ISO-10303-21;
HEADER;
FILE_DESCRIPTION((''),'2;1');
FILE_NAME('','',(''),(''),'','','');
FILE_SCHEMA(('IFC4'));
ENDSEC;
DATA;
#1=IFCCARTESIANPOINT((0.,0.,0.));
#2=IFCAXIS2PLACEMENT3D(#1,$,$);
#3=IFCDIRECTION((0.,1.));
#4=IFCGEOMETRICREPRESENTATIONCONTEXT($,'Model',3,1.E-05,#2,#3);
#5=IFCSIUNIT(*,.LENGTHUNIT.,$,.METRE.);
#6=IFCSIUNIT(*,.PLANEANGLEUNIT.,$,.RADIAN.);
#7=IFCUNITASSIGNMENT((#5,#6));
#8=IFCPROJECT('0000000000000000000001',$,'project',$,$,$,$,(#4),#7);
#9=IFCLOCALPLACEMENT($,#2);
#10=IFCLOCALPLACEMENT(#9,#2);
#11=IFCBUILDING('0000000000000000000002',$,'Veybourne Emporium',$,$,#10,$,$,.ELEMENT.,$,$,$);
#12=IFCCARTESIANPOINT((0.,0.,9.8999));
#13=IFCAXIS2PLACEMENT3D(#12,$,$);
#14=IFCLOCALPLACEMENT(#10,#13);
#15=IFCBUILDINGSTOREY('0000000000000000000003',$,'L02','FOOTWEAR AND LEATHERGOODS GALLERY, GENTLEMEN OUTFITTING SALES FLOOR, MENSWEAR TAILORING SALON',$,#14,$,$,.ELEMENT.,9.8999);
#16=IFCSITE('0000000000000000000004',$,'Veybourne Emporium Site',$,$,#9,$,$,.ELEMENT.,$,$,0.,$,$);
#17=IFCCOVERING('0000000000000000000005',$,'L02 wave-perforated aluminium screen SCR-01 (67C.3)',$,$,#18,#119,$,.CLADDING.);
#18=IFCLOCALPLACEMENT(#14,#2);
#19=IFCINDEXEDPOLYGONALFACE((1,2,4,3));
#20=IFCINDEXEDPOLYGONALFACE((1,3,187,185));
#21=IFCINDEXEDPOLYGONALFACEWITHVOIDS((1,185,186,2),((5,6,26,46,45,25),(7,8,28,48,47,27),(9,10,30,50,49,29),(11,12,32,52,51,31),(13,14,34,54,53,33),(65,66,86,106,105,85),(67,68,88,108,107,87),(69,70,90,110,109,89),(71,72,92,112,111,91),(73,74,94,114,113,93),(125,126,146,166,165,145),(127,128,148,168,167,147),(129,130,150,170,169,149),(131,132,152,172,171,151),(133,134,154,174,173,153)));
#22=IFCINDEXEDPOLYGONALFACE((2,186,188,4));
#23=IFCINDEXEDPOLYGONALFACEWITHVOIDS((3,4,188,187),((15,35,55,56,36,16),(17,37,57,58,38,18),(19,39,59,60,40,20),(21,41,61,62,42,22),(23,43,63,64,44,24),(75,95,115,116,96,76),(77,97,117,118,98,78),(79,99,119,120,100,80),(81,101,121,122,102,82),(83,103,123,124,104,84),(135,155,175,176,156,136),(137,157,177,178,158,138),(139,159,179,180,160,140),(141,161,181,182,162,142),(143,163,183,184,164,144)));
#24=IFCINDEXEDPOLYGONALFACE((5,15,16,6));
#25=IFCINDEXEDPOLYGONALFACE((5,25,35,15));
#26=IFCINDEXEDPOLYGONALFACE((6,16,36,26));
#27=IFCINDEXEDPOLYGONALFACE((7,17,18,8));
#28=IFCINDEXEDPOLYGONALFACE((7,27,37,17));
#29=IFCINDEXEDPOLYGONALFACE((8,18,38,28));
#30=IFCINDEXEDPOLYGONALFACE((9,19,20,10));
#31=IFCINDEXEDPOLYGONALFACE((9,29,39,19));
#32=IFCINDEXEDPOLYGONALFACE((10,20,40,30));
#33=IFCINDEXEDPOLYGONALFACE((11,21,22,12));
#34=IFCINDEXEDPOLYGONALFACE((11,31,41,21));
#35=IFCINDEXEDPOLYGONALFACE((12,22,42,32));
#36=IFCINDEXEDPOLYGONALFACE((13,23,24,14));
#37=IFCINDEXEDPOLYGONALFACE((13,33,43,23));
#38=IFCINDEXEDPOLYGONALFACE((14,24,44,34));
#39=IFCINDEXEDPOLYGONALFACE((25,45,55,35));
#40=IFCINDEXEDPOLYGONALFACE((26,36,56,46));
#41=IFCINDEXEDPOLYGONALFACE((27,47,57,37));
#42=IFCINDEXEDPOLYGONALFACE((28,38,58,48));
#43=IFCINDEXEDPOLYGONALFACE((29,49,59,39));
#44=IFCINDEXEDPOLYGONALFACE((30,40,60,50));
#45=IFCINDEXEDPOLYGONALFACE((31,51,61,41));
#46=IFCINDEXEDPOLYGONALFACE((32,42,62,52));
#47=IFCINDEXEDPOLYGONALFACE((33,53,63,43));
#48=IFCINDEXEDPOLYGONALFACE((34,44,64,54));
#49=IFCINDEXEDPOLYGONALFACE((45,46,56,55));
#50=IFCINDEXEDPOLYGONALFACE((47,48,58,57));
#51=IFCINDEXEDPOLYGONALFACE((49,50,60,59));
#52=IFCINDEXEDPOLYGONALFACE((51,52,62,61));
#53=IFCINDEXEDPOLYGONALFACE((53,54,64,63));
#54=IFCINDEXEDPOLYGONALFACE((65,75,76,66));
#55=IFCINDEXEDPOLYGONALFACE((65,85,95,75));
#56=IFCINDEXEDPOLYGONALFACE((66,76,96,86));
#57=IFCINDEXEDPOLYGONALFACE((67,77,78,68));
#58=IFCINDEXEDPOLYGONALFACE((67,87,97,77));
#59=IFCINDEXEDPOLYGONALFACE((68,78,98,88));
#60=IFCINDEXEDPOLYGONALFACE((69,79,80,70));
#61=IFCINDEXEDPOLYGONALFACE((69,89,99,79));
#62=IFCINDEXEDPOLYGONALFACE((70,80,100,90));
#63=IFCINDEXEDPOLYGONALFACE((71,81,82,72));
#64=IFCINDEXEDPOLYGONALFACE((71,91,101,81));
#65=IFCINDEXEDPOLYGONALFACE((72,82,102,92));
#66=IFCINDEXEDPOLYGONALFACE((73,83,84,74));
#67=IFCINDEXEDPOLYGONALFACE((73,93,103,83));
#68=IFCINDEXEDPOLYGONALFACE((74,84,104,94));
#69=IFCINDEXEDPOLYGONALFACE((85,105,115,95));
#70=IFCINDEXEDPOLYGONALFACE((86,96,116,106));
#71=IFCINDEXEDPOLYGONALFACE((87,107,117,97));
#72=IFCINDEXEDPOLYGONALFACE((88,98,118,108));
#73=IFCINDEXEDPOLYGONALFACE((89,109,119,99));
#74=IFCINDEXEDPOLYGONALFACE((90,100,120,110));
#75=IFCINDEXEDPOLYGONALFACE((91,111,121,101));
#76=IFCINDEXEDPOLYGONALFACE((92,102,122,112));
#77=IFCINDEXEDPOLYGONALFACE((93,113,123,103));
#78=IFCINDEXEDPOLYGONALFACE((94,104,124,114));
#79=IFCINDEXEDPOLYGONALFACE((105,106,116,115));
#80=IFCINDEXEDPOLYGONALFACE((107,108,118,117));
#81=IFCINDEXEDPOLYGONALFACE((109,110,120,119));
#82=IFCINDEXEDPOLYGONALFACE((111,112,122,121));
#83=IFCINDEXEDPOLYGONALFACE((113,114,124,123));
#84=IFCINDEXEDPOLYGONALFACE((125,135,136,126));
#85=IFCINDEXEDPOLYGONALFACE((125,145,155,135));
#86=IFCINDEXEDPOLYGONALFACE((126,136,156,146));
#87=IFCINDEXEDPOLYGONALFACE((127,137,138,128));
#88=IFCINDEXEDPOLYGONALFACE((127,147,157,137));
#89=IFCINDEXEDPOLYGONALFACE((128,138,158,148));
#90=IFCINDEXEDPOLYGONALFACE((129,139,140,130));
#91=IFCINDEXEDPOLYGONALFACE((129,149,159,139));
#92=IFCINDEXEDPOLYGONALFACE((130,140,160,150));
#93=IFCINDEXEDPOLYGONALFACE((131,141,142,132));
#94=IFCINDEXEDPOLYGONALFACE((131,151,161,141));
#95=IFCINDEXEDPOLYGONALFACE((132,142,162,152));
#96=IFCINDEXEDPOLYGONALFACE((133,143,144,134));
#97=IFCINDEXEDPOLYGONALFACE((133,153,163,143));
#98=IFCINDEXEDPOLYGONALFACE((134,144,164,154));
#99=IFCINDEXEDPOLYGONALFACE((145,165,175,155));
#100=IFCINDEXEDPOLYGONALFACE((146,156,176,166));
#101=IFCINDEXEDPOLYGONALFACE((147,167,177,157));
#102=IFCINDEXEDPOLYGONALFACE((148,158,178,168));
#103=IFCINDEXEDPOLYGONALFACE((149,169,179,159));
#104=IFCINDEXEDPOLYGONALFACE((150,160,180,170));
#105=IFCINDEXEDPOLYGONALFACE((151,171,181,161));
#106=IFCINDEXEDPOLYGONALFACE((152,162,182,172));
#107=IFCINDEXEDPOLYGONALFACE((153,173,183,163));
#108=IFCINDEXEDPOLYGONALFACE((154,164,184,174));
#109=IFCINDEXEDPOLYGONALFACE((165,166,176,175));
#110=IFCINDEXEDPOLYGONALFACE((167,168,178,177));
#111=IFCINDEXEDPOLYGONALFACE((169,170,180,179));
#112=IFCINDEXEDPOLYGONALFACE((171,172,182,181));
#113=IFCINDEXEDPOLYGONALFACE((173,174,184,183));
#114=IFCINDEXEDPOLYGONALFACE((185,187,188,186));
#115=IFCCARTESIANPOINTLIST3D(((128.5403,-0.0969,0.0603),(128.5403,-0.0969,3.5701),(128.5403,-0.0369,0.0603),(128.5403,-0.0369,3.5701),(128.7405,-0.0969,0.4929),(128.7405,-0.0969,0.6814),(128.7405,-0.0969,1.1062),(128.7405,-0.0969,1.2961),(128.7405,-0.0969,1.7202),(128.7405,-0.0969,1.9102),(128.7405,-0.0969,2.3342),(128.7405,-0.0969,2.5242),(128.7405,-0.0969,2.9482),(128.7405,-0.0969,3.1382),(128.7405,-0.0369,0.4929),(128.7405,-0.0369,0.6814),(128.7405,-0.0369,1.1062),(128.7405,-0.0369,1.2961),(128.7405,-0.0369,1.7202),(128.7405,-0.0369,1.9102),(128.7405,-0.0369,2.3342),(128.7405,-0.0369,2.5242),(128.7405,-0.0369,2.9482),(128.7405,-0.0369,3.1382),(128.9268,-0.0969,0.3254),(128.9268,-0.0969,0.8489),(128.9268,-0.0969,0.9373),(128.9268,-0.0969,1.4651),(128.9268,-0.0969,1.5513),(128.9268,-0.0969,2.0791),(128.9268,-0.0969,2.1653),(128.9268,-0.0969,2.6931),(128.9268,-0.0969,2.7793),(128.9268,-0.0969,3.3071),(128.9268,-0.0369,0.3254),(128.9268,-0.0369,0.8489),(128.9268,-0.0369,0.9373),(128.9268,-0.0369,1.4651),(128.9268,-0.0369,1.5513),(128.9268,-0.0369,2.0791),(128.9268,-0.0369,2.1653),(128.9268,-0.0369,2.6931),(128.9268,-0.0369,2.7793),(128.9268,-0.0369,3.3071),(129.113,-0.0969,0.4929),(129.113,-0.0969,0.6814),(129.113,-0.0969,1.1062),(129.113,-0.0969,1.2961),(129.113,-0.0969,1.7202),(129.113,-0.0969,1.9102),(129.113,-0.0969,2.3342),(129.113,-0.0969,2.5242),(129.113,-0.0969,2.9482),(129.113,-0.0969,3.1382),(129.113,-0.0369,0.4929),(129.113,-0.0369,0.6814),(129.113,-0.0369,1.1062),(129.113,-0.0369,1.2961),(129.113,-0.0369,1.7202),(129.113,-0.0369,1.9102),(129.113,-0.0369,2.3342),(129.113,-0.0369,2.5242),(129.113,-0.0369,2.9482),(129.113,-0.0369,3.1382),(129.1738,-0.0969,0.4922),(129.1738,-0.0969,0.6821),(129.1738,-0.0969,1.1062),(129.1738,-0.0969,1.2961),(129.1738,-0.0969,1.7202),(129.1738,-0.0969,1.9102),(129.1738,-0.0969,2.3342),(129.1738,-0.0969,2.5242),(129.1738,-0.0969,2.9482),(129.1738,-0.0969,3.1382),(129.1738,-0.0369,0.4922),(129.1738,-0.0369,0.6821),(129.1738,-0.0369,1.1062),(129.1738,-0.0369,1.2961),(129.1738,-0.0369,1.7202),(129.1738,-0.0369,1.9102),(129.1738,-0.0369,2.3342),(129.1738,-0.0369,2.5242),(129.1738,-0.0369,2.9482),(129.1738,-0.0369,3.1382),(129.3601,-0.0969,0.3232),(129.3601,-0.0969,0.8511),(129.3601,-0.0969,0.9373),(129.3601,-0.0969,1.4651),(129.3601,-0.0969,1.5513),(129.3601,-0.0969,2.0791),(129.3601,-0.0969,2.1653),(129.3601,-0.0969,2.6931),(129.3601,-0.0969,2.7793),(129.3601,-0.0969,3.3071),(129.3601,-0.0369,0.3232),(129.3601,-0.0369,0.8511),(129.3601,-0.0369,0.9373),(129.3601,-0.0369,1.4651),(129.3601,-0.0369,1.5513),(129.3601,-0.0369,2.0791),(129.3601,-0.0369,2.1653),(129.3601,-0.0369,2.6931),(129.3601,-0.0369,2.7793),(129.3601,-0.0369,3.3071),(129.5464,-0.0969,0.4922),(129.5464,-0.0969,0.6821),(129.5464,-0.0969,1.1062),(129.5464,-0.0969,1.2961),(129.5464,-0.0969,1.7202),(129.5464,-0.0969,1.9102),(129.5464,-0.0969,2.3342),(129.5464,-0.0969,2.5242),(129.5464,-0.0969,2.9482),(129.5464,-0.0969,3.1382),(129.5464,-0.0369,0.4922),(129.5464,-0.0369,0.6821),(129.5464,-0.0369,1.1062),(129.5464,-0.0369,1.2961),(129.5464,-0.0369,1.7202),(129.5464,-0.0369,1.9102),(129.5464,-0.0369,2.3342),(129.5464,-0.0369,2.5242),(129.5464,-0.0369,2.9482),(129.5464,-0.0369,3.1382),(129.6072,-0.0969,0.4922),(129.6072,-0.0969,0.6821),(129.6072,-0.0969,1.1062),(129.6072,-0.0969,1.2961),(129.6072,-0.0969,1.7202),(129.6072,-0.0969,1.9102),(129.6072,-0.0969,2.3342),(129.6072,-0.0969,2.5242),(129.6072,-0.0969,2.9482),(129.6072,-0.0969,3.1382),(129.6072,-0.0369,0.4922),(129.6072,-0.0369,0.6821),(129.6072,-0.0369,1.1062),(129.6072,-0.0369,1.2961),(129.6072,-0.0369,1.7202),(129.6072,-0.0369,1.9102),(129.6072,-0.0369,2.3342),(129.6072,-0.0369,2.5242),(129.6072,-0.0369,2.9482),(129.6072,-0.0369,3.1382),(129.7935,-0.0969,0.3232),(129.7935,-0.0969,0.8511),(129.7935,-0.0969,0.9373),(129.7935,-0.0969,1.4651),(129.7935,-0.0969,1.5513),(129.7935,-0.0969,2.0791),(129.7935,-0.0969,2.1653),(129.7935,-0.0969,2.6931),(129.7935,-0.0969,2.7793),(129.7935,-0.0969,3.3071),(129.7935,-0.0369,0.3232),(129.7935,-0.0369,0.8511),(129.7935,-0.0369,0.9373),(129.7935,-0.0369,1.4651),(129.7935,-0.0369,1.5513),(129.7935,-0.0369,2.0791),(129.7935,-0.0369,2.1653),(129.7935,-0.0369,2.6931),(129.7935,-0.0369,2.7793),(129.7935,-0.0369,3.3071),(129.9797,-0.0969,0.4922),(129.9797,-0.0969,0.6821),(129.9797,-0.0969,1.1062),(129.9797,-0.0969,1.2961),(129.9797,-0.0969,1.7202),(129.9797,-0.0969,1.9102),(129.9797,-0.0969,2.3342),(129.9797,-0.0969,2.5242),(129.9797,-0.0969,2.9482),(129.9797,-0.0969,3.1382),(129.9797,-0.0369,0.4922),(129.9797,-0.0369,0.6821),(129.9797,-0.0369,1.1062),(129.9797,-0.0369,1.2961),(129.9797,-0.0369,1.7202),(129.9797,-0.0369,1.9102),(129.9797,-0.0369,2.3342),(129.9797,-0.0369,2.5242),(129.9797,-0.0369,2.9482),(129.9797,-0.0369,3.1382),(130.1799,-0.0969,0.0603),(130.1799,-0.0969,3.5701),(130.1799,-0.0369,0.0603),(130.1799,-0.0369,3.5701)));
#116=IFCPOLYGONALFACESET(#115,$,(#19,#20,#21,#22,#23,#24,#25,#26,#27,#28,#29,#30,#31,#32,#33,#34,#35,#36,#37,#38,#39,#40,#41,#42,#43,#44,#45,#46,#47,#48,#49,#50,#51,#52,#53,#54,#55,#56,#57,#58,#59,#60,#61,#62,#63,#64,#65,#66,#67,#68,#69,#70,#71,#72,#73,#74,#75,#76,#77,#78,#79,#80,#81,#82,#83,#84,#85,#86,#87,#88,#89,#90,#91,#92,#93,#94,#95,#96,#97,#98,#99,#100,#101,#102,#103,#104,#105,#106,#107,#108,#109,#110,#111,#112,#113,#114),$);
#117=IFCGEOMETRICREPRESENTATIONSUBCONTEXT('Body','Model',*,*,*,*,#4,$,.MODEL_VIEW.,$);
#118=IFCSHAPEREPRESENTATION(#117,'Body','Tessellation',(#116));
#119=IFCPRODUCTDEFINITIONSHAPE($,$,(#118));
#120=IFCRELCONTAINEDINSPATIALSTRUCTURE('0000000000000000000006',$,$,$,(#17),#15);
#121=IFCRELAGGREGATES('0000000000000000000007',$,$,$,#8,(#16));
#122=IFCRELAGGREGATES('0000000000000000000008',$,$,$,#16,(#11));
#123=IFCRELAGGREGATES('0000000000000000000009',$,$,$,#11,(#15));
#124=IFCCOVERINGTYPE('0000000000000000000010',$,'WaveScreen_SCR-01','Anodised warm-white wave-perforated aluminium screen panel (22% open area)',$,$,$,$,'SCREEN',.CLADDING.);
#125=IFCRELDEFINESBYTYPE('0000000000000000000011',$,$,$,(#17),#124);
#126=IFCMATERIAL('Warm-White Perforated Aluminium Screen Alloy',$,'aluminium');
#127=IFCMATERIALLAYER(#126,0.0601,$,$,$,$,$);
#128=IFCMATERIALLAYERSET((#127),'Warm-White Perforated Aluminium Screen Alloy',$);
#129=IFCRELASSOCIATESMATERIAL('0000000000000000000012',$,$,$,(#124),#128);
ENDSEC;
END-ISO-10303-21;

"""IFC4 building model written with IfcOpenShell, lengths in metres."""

from ifc_helpers import new_model, si_unit, direction, frame, origin, place, context, subcontext, project, spatial, polyline, outline, extrude, material, layer, layer_set, type_object, element, save


model = new_model("IFC4")

# Units and contexts
model_context = context("Model", 3, precision=1e-05, world=origin(), true_north=direction((0.0, 1.0)))
body_context = subcontext(model_context, "Body", "Model", "MODEL_VIEW")
ifc_project = project(units=[si_unit("LENGTHUNIT", "METRE"), si_unit("PLANEANGLEUNIT", "RADIAN")], contexts=[model_context])

# Site, building, storey
site_placement = place(None, origin())
site = spatial("IfcSite", under=ifc_project, at=site_placement, Name="Veybourne Emporium Site", CompositionType="ELEMENT", RefElevation=0.0)
building_placement = place(site_placement, origin())
building = spatial("IfcBuilding", under=site, at=building_placement, Name="Veybourne Emporium", CompositionType="ELEMENT")
storey_placement = place(building_placement, frame((0.0, 0.0, 9.8999)))
storey = spatial("IfcBuildingStorey", under=building, at=storey_placement, Name="L02", Description="FOOTWEAR AND LEATHERGOODS GALLERY, GENTLEMEN OUTFITTING SALES FLOOR, MENSWEAR TAILORING SALON", CompositionType="ELEMENT", Elevation=9.8999)

# Covering
ifc_material_1 = material(Name="Warm-White Perforated Aluminium Screen Alloy", Category="aluminium")
ifc_layer_1 = layer(ifc_material_1, 0.0601)
ifc_layer_set_1 = layer_set([ifc_layer_1], Name="Warm-White Perforated Aluminium Screen Alloy")
covering_type_1 = type_object("IfcCoveringType", Name="WaveScreen_SCR-01", Description="Anodised warm-white wave-perforated aluminium screen panel (22% open area)", ElementType="SCREEN", PredefinedType="CLADDING", material=ifc_layer_set_1)
covering_1_placement = place(storey_placement, frame((129.3601, -0.0969, 1.8152), z_axis=(0.0, 1.0, 0.0), x_axis=(-1.0, 0.0, 0.0)))
element("IfcCovering", 1, at=covering_1_placement, inside=storey, type_object=covering_type_1, Name="L02 wave-perforated aluminium screen SCR-01 (67C.3)", PredefinedType="CLADDING", context=body_context, shape_type="SweptSolid", body=[
    extrude(outline(polyline([(-0.8198, -1.7549), (0.8198, -1.7549), (0.8198, 1.7549), (-0.8198, 1.7549), (-0.8198, -1.7549)]), holes=[polyline([(-0.4333, -0.9641), (-0.2471, -1.1331), (-0.2471, -1.323), (-0.4333, -1.4919), (-0.6196, -1.323), (-0.6196, -1.1331), (-0.4333, -0.9641)]), polyline([(-0.4333, -0.3501), (-0.2471, -0.519), (-0.2471, -0.709), (-0.4333, -0.8779), (-0.6196, -0.709), (-0.6196, -0.519), (-0.4333, -0.3501)]), polyline([(-0.4333, 0.2639), (-0.2471, 0.095), (-0.2471, -0.095), (-0.4333, -0.2639), (-0.6196, -0.095), (-0.6196, 0.095), (-0.4333, 0.2639)]), polyline([(-0.4333, 0.8779), (-0.2471, 0.709), (-0.2471, 0.519), (-0.4333, 0.3501), (-0.6196, 0.519), (-0.6196, 0.709), (-0.4333, 0.8779)]), polyline([(-0.4333, 1.4919), (-0.2471, 1.323), (-0.2471, 1.1331), (-0.4333, 0.9641), (-0.6196, 1.1331), (-0.6196, 1.323), (-0.4333, 1.4919)]), polyline([(0.0, -0.9641), (0.1863, -1.1331), (0.1863, -1.323), (0.0, -1.4919), (-0.1863, -1.323), (-0.1863, -1.1331), (0.0, -0.9641)]), polyline([(0.0, -0.3501), (0.1863, -0.519), (0.1863, -0.709), (0.0, -0.8779), (-0.1863, -0.709), (-0.1863, -0.519), (0.0, -0.3501)]), polyline([(0.0, 0.2639), (0.1863, 0.095), (0.1863, -0.095), (0.0, -0.2639), (-0.1863, -0.095), (-0.1863, 0.095), (0.0, 0.2639)]), polyline([(0.0, 0.8779), (0.1863, 0.709), (0.1863, 0.519), (0.0, 0.3501), (-0.1863, 0.519), (-0.1863, 0.709), (0.0, 0.8779)]), polyline([(0.0, 1.4919), (0.1863, 1.323), (0.1863, 1.1331), (0.0, 0.9641), (-0.1863, 1.1331), (-0.1863, 1.323), (0.0, 1.4919)]), polyline([(0.4333, -0.9663), (0.6196, -1.1338), (0.6196, -1.3223), (0.4333, -1.4897), (0.2471, -1.3223), (0.2471, -1.1338), (0.4333, -0.9663)]), polyline([(0.4333, -0.3501), (0.6196, -0.519), (0.6196, -0.709), (0.4333, -0.8779), (0.2471, -0.709), (0.2471, -0.519), (0.4333, -0.3501)]), polyline([(0.4333, 0.2639), (0.6196, 0.095), (0.6196, -0.095), (0.4333, -0.2639), (0.2471, -0.095), (0.2471, 0.095), (0.4333, 0.2639)]), polyline([(0.4333, 0.8779), (0.6196, 0.709), (0.6196, 0.519), (0.4333, 0.3501), (0.2471, 0.519), (0.2471, 0.709), (0.4333, 0.8779)]), polyline([(0.4333, 1.4919), (0.6196, 1.323), (0.6196, 1.1331), (0.4333, 0.9641), (0.2471, 1.1331), (0.2471, 1.323), (0.4333, 1.4919)])]), origin(), (0.0, 0.0, 1.0), 0.0601),
])

save(model, "model.ifc")
